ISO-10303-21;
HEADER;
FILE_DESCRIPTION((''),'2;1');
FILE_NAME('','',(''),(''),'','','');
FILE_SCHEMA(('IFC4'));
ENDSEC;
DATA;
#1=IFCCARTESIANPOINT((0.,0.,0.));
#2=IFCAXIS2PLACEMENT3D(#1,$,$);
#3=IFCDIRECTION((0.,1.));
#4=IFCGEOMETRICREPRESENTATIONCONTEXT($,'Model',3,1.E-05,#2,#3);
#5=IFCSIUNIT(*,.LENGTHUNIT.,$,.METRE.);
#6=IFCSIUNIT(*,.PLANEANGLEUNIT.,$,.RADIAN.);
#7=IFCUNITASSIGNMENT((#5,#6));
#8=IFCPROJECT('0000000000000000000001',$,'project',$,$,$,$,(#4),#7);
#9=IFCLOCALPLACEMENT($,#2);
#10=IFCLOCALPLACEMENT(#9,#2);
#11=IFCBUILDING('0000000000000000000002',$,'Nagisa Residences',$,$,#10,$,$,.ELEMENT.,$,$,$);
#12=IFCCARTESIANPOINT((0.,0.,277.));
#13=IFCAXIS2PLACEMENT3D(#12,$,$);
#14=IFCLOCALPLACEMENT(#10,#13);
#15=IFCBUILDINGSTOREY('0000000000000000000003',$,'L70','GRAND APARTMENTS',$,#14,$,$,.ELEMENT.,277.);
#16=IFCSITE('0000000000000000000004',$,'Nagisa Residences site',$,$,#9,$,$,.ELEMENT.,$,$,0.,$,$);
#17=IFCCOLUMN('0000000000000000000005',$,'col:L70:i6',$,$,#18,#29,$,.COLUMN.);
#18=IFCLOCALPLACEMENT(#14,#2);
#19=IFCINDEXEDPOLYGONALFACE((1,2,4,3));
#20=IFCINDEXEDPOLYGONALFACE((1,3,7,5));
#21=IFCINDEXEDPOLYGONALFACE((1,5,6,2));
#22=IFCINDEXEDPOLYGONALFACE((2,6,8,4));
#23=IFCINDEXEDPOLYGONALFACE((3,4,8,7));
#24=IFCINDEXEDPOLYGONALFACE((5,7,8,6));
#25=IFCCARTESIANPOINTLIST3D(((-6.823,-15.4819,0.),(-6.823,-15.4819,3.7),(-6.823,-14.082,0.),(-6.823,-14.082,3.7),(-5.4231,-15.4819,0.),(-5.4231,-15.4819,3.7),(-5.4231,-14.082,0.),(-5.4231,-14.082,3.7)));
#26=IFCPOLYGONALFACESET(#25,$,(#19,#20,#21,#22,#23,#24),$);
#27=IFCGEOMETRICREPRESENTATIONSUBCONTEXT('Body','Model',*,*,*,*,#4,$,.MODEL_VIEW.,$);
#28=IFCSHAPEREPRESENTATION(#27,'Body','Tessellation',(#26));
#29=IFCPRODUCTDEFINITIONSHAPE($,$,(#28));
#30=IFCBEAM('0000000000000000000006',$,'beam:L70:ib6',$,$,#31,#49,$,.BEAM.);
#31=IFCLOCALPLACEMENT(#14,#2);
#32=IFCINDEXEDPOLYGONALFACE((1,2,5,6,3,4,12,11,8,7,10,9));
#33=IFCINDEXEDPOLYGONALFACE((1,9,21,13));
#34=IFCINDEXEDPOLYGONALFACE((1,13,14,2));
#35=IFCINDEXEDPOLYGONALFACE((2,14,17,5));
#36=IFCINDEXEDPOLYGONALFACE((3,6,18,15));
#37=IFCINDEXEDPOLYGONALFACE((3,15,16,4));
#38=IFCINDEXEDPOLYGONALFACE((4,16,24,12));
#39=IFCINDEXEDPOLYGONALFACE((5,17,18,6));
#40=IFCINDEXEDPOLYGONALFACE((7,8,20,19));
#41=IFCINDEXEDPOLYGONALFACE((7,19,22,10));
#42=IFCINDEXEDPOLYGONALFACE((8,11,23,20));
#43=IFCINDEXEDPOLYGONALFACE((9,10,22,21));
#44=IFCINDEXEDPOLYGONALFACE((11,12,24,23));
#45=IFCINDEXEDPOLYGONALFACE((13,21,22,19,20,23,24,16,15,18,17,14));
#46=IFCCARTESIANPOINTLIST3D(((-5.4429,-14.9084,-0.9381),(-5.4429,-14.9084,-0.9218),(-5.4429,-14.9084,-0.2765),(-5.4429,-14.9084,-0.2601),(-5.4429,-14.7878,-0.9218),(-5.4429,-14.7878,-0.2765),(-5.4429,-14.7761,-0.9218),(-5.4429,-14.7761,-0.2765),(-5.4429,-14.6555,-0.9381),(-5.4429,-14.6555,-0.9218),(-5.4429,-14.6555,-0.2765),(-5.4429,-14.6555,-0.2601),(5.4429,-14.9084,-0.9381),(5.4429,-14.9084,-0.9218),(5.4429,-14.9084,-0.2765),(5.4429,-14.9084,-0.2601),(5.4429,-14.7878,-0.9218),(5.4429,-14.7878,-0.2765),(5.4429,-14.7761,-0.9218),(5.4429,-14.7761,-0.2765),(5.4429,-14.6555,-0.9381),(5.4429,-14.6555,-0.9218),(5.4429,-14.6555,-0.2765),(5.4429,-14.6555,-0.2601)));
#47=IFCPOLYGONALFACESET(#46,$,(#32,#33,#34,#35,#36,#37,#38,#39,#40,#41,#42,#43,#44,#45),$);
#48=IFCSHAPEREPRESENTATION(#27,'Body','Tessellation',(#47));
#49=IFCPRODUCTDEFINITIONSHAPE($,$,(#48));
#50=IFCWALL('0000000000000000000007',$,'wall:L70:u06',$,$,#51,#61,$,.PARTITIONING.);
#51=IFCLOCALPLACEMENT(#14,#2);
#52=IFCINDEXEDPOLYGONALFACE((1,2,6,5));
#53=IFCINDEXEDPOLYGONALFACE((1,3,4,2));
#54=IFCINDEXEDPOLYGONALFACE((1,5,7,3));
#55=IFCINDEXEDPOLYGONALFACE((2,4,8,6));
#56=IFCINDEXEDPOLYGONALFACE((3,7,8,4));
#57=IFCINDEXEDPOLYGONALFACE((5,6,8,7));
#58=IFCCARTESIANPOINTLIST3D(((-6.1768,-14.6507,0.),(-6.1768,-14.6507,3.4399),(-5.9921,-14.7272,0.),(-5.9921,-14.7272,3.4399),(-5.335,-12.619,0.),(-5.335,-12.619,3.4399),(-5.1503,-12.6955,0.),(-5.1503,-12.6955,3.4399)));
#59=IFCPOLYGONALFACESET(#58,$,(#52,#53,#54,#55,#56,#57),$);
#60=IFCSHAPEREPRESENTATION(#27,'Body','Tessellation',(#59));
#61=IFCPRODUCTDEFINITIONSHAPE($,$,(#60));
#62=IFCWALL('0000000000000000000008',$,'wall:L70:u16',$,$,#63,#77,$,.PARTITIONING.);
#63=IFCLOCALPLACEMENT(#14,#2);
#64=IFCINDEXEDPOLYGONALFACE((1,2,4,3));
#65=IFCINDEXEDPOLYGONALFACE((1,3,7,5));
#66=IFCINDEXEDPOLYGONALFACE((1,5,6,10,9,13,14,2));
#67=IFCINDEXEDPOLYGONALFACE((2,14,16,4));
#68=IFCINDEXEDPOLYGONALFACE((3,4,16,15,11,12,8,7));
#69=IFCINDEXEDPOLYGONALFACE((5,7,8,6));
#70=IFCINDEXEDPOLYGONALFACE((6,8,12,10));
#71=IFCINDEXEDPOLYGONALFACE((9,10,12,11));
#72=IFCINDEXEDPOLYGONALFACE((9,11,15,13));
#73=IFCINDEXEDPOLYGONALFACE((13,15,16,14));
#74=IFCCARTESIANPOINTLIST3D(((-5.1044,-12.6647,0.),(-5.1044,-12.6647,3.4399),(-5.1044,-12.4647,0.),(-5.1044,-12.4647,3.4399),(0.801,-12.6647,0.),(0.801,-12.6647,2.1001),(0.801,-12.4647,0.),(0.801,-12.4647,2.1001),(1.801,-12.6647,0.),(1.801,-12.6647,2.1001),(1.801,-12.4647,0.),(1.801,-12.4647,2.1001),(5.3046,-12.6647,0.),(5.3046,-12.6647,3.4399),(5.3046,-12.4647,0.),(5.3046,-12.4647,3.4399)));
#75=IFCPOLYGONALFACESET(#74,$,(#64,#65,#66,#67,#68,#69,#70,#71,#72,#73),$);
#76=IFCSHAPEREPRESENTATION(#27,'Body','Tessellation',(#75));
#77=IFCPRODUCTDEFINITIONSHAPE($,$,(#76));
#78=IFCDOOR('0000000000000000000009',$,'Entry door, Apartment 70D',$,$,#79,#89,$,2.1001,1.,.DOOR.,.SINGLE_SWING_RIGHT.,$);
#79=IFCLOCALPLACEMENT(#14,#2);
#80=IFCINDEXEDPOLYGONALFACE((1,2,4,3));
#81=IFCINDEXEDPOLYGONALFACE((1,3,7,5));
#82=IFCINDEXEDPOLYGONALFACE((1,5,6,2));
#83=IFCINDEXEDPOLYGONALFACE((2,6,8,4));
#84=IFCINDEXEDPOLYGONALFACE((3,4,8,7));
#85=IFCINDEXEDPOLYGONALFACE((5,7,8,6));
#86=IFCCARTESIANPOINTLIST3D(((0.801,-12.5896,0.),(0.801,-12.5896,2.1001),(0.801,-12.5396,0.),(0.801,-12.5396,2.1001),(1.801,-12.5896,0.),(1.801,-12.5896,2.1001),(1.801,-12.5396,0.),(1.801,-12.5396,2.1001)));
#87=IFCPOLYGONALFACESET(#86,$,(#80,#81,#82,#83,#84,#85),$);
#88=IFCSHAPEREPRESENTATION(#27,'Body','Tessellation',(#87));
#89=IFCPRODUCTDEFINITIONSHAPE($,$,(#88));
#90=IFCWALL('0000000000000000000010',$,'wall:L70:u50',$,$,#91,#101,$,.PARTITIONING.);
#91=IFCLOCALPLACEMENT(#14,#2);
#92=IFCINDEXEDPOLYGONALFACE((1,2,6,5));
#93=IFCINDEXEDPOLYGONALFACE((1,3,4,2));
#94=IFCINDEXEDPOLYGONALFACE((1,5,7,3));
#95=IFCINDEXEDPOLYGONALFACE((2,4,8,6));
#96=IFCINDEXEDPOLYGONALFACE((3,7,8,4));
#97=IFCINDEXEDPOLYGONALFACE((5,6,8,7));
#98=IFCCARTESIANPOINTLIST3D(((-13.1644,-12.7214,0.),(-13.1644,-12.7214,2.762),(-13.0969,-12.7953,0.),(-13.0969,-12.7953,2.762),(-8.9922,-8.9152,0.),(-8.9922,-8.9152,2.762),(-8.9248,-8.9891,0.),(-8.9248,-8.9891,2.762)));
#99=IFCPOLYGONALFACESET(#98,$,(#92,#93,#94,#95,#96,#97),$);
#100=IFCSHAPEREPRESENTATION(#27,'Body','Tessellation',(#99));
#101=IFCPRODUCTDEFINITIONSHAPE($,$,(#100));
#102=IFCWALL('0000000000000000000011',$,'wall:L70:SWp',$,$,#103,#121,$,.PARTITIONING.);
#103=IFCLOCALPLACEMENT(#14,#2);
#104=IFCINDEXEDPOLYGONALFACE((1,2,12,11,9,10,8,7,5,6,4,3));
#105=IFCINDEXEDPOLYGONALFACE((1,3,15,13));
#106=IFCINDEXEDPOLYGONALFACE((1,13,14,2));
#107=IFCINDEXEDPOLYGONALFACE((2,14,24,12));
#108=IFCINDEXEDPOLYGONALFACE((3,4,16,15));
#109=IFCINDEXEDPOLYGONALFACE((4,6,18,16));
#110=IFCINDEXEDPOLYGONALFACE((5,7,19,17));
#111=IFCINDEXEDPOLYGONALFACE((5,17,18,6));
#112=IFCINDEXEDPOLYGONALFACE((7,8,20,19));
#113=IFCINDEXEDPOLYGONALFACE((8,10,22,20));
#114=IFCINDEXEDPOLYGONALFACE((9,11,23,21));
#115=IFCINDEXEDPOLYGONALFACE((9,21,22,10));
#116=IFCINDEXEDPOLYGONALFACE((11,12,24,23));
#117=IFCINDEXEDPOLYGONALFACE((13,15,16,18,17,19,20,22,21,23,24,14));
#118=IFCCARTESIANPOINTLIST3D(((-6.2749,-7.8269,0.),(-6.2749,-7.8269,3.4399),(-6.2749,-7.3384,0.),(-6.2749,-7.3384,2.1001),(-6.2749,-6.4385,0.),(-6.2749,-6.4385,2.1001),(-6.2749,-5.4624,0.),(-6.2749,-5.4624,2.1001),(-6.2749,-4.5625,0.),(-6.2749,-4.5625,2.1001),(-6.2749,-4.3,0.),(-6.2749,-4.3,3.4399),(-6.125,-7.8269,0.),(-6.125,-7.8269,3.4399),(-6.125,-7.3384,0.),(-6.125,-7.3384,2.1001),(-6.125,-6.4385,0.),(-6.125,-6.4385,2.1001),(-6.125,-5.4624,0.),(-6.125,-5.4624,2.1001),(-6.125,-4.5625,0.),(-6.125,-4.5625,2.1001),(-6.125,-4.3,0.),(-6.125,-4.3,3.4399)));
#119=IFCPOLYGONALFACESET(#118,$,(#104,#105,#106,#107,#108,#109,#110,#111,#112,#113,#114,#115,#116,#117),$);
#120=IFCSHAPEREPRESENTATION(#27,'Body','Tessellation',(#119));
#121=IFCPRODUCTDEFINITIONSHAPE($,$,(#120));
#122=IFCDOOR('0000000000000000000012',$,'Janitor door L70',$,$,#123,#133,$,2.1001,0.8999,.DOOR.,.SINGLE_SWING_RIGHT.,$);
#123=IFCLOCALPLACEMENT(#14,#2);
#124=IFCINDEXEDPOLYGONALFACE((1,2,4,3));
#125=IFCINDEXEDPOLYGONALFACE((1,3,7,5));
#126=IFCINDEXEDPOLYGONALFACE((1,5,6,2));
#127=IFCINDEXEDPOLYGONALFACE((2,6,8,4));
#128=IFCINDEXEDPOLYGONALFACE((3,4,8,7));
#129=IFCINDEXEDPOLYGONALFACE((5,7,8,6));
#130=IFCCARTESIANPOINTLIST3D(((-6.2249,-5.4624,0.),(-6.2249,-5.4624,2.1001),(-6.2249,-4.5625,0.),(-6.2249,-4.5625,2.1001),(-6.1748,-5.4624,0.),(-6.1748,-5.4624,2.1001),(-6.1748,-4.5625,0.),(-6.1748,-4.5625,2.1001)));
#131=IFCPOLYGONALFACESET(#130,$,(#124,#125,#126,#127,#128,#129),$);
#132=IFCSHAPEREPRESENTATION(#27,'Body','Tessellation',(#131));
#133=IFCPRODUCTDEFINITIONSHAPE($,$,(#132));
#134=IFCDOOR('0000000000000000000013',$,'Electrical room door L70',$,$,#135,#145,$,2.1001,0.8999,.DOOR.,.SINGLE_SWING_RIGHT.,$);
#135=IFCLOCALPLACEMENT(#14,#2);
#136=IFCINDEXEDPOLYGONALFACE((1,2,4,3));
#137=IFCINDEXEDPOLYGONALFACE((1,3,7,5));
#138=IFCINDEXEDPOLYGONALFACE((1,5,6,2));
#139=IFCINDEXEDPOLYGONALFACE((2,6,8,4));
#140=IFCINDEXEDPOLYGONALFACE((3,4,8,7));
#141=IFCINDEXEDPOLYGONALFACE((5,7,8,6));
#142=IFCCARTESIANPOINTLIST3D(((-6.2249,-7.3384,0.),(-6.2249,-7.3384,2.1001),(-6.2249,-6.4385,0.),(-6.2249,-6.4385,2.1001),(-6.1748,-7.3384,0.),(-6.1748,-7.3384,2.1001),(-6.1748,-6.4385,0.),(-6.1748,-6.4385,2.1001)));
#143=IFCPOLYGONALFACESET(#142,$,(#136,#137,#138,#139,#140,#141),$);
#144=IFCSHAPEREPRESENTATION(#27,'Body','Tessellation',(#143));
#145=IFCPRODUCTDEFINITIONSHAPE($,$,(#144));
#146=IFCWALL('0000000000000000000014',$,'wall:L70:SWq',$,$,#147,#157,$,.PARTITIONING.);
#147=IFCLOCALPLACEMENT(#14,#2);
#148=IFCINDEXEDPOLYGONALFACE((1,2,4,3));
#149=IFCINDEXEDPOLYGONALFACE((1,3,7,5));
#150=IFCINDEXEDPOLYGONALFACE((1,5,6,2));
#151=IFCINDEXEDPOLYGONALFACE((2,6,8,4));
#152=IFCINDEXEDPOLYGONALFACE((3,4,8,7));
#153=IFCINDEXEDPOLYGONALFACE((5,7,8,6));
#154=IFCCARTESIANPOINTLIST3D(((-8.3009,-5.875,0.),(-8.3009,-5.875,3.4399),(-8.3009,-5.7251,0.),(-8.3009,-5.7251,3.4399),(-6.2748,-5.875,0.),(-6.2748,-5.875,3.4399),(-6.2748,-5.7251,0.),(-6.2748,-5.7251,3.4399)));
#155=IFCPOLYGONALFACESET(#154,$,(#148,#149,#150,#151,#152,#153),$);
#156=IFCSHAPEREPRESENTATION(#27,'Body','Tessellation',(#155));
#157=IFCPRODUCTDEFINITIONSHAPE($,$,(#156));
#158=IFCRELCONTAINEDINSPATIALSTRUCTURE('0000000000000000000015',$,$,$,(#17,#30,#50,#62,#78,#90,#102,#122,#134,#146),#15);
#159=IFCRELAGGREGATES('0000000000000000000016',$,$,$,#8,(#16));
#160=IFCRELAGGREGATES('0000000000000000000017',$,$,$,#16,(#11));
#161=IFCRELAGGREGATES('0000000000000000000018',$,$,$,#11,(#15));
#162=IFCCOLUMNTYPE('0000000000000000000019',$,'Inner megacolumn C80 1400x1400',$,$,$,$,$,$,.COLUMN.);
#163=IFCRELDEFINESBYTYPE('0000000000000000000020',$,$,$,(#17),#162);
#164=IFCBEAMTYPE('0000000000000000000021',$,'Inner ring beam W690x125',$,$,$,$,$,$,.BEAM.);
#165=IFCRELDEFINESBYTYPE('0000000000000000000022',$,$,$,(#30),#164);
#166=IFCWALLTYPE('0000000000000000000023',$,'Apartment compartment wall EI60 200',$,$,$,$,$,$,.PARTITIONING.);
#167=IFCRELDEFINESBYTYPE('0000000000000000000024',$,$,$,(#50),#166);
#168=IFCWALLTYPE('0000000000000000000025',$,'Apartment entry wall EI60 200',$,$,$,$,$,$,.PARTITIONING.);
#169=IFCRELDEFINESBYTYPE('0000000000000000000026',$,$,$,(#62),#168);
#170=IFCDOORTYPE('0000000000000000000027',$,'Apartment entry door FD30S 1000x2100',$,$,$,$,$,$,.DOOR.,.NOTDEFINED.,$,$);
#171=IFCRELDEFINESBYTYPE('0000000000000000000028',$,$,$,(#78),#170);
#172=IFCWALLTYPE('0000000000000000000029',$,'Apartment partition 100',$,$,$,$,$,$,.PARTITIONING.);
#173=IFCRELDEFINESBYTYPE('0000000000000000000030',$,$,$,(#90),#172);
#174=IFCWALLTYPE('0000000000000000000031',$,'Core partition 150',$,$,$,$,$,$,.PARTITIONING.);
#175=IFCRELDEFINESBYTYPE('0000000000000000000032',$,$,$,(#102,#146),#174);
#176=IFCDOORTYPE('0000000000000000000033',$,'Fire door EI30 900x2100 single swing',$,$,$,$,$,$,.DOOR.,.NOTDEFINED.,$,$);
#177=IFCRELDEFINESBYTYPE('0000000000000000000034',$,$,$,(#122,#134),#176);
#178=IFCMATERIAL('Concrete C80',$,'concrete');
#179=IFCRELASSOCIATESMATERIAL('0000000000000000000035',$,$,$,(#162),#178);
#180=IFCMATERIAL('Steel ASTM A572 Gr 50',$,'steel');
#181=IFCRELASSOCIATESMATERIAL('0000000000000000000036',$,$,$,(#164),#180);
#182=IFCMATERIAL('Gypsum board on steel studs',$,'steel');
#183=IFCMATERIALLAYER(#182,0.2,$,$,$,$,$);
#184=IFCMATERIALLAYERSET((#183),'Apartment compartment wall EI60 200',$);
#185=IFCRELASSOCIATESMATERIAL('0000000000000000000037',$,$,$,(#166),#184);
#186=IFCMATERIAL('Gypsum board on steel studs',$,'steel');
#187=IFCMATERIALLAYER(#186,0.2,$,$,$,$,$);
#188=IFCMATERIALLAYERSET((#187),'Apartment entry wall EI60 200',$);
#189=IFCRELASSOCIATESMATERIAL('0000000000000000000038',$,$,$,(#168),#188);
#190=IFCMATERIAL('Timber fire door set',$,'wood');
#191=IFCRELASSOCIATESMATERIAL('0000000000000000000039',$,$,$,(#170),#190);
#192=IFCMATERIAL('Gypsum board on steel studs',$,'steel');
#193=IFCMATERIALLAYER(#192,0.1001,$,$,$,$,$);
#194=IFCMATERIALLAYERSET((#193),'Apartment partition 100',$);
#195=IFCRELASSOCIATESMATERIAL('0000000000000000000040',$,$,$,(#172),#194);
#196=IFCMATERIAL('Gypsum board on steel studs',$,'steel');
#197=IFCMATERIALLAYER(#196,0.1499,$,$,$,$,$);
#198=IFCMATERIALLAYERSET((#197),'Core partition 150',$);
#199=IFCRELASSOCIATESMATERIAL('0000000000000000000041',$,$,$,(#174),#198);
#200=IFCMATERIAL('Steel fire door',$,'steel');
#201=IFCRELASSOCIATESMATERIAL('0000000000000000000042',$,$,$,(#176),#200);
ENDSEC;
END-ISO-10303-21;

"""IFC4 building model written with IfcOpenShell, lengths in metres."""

from ifc_helpers import new_model, si_unit, direction, frame, frame_2d, origin, origin_2d, place, context, subcontext, project, spatial, rectangle, i_section, extrude, material, layer, layer_set, material_profile, profile_set, type_object, element, fill, save


model = new_model("IFC4")

# Units and contexts
model_context = context("Model", 3, precision=1e-05, world=origin(), true_north=direction((0.0, 1.0)))
body_context = subcontext(model_context, "Body", "Model", "MODEL_VIEW")
ifc_project = project(units=[si_unit("LENGTHUNIT", "METRE"), si_unit("PLANEANGLEUNIT", "RADIAN")], contexts=[model_context])

# Site, building, storey
site_placement = place(None, origin())
site = spatial("IfcSite", under=ifc_project, at=site_placement, Name="Nagisa Residences site", CompositionType="ELEMENT", RefElevation=0.0)
building_placement = place(site_placement, origin())
building = spatial("IfcBuilding", under=site, at=building_placement, Name="Nagisa Residences", CompositionType="ELEMENT")
storey_placement = place(building_placement, frame((0.0, 0.0, 277.0)))
storey = spatial("IfcBuildingStorey", under=building, at=storey_placement, Name="L70", Description="GRAND APARTMENTS", CompositionType="ELEMENT", Elevation=277.0)

# Column
ifc_material_1 = material(Name="Concrete C80", Category="concrete")
ifc_material_profile_1 = material_profile(ifc_material_1, rectangle(XDim=1.3999, YDim=1.3999, at=origin_2d()), Name="C80 1400x1400")
ifc_profile_set_1 = profile_set([ifc_material_profile_1], Name="Concrete C80")
column_type = type_object("IfcColumnType", Name="Inner megacolumn C80 1400x1400", PredefinedType="COLUMN", material=ifc_profile_set_1)
column_placement = place(storey_placement, frame((-6.123, -14.782, 0.0), z_axis=(0.0, 0.0, 1.0), x_axis=(1.0, 0.0, 0.0)))
element("IfcColumn", 1, at=column_placement, inside=storey, type_object=column_type, Name="col:L70:i6", PredefinedType="COLUMN", context=body_context, shape_type="SweptSolid", body=[
    extrude(rectangle(XDim=1.3999, YDim=1.3999, at=origin_2d()), origin(), (0.0, 0.0, 1.0), 3.7),
])

# Beam
ifc_material_2 = material(Name="Steel ASTM A572 Gr 50", Category="steel")
ifc_material_profile_2 = material_profile(ifc_material_2, i_section(OverallWidth=0.2529, OverallDepth=0.678, WebThickness=0.0117, FlangeThickness=0.0164, at=origin_2d()), Name="W690x125")
ifc_profile_set_2 = profile_set([ifc_material_profile_2], Name="Steel ASTM A572 Gr 50")
beam_type = type_object("IfcBeamType", Name="Inner ring beam W690x125", PredefinedType="BEAM", material=ifc_profile_set_2)
beam_placement = place(storey_placement, frame((-5.4429, -14.782, -0.5991), z_axis=(1.0, 0.0, 0.0), x_axis=(0.0, 1.0, 0.0)))
element("IfcBeam", 2, at=beam_placement, inside=storey, type_object=beam_type, Name="beam:L70:ib6", PredefinedType="BEAM", context=body_context, shape_type="SweptSolid", body=[
    extrude(i_section(OverallWidth=0.2529, OverallDepth=0.678, WebThickness=0.0117, FlangeThickness=0.0164, at=origin_2d()), origin(), (0.0, 0.0, 1.0), 10.8857),
])

# Wall
ifc_material_3 = material(Name="Gypsum board on steel studs", Category="steel")
ifc_layer_1 = layer(ifc_material_3, 0.2)
ifc_layer_set_1 = layer_set([ifc_layer_1], Name="Apartment compartment wall EI60 200")
wall_type_1 = type_object("IfcWallType", Name="Apartment compartment wall EI60 200", PredefinedType="PARTITIONING", material=ifc_layer_set_1)
wall_1_placement = place(storey_placement, frame((-5.2427, -12.6572, 0.0), z_axis=(0.0, 0.0, 1.0), x_axis=(-0.38277, -0.923844, 0.0)))
element("IfcWall", 3, at=wall_1_placement, inside=storey, type_object=wall_type_1, Name="wall:L70:u06", PredefinedType="PARTITIONING", context=body_context, shape_type="SweptSolid", body=[
    extrude(rectangle(XDim=2.1992, YDim=0.2, at=frame_2d((1.0996, 0.0))), origin(), (0.0, 0.0, 1.0), 3.4399),
])

# Wall, opening, door
ifc_material_4 = material(Name="Gypsum board on steel studs", Category="steel")
ifc_layer_2 = layer(ifc_material_4, 0.2)
ifc_layer_set_2 = layer_set([ifc_layer_2], Name="Apartment entry wall EI60 200")
wall_type_2 = type_object("IfcWallType", Name="Apartment entry wall EI60 200", PredefinedType="PARTITIONING", material=ifc_layer_set_2)
wall_2_placement = place(storey_placement, frame((-5.1045, -12.5647, 0.0), z_axis=(0.0, 0.0, 1.0), x_axis=(1.0, 0.0, 0.0)))
wall_2 = element("IfcWall", 4, at=wall_2_placement, inside=storey, type_object=wall_type_2, Name="wall:L70:u16", PredefinedType="PARTITIONING", context=body_context, shape_type="SweptSolid", body=[
    extrude(rectangle(XDim=10.4089, YDim=0.2, at=frame_2d((5.2046, 0.0))), origin(), (0.0, 0.0, 1.0), 3.4399),
])
opening_1_placement = place(wall_2_placement, frame((5.9055, 0.0, 0.0)))
opening_1 = element("IfcOpeningElement", 5, at=opening_1_placement, cuts=wall_2, PredefinedType="OPENING", context=body_context, shape_type="SweptSolid", body=[
    extrude(rectangle(XDim=1.0, YDim=2.1001, at=frame_2d((0.5, 1.05))), frame((0.0, 0.1099, 0.0), z_axis=(0.0, -1.0, 0.0), x_axis=(1.0, 0.0, 0.0)), (0.0, 0.0, 1.0), 0.22),
])
ifc_material_5 = material(Name="Timber fire door set", Category="wood")
door_type_1 = type_object("IfcDoorType", Name="Apartment entry door FD30S 1000x2100", OperationType="NOTDEFINED", PredefinedType="DOOR", material=ifc_material_5)
door_1_placement = place(opening_1_placement, frame((1.0, 0.0, 0.0), x_axis=(-1.0, 0.0, 0.0)))
door_1 = element("IfcDoor", 6, at=door_1_placement, inside=storey, type_object=door_type_1, Name="Entry door, Apartment 70D", OperationType="SINGLE_SWING_RIGHT", OverallHeight=2.1001, OverallWidth=1.0, PredefinedType="DOOR", context=body_context, shape_type="SweptSolid", body=[
    extrude(rectangle(XDim=1.0, YDim=2.1001, at=frame_2d((0.5, 1.05))), frame((0.0, 0.0249, 0.0), z_axis=(0.0, -1.0, 0.0), x_axis=(1.0, 0.0, 0.0)), (0.0, 0.0, 1.0), 0.05),
])
fill(opening_1, door_1)

# Wall
ifc_material_6 = material(Name="Gypsum board on steel studs", Category="steel")
ifc_layer_3 = layer(ifc_material_6, 0.1001)
ifc_layer_set_3 = layer_set([ifc_layer_3], Name="Apartment partition 100")
wall_type_3 = type_object("IfcWallType", Name="Apartment partition 100", PredefinedType="PARTITIONING", material=ifc_layer_set_3)
wall_3_placement = place(storey_placement, frame((-8.9585, -8.9521, 0.0), z_axis=(0.0, 0.0, 1.0), x_axis=(-0.738765, -0.673963, 0.0)))
element("IfcWall", 7, at=wall_3_placement, inside=storey, type_object=wall_type_3, Name="wall:L70:u50", PredefinedType="PARTITIONING", context=body_context, shape_type="SweptSolid", body=[
    extrude(rectangle(XDim=5.6475, YDim=0.1001, at=frame_2d((2.8237, 0.0))), origin(), (0.0, 0.0, 1.0), 2.762),
])

# Wall, openings, doors
ifc_material_7 = material(Name="Gypsum board on steel studs", Category="steel")
ifc_layer_4 = layer(ifc_material_7, 0.1499)
ifc_layer_set_4 = layer_set([ifc_layer_4], Name="Core partition 150")
wall_type_4 = type_object("IfcWallType", Name="Core partition 150", PredefinedType="PARTITIONING", material=ifc_layer_set_4)
wall_4_placement = place(storey_placement, frame((-6.2, -7.8269, 0.0), z_axis=(0.0, 0.0, 1.0), x_axis=(0.0, 1.0, 0.0)))
wall_4 = element("IfcWall", 8, at=wall_4_placement, inside=storey, type_object=wall_type_4, Name="wall:L70:SWp", PredefinedType="PARTITIONING", context=body_context, shape_type="SweptSolid", body=[
    extrude(rectangle(XDim=3.5269, YDim=0.1499, at=frame_2d((1.7634, 0.0))), origin(), (0.0, 0.0, 1.0), 3.4399),
])
opening_2_placement = place(wall_4_placement, frame((2.3645, 0.0, 0.0)))
opening_2 = element("IfcOpeningElement", 9, at=opening_2_placement, cuts=wall_4, PredefinedType="OPENING", context=body_context, shape_type="SweptSolid", body=[
    extrude(rectangle(XDim=0.8999, YDim=2.1001, at=frame_2d((0.45, 1.05))), frame((0.0, 0.085, 0.0), z_axis=(0.0, -1.0, 0.0), x_axis=(1.0, 0.0, 0.0)), (0.0, 0.0, 1.0), 0.1699),
])
opening_3_placement = place(wall_4_placement, frame((0.4885, 0.0, 0.0)))
opening_3 = element("IfcOpeningElement", 10, at=opening_3_placement, cuts=wall_4, PredefinedType="OPENING", context=body_context, shape_type="SweptSolid", body=[
    extrude(rectangle(XDim=0.8999, YDim=2.1001, at=frame_2d((0.45, 1.05))), frame((0.0, 0.085, 0.0), z_axis=(0.0, -1.0, 0.0), x_axis=(1.0, 0.0, 0.0)), (0.0, 0.0, 1.0), 0.1699),
])
ifc_material_8 = material(Name="Steel fire door", Category="steel")
door_type_2 = type_object("IfcDoorType", Name="Fire door EI30 900x2100 single swing", OperationType="NOTDEFINED", PredefinedType="DOOR", material=ifc_material_8)
door_2_placement = place(opening_2_placement, origin())
door_2 = element("IfcDoor", 11, at=door_2_placement, inside=storey, type_object=door_type_2, Name="Janitor door L70", OperationType="SINGLE_SWING_RIGHT", OverallHeight=2.1001, OverallWidth=0.8999, PredefinedType="DOOR", context=body_context, shape_type="SweptSolid", body=[
    extrude(rectangle(XDim=0.8999, YDim=2.1001, at=frame_2d((0.45, 1.05))), frame((0.0, 0.0249, 0.0), z_axis=(0.0, -1.0, 0.0), x_axis=(1.0, 0.0, 0.0)), (0.0, 0.0, 1.0), 0.05),
])
fill(opening_2, door_2)
door_3_placement = place(opening_3_placement, origin())
door_3 = element("IfcDoor", 12, at=door_3_placement, inside=storey, type_object=door_type_2, Name="Electrical room door L70", OperationType="SINGLE_SWING_RIGHT", OverallHeight=2.1001, OverallWidth=0.8999, PredefinedType="DOOR", context=body_context, shape_type="SweptSolid", body=[
    extrude(rectangle(XDim=0.8999, YDim=2.1001, at=frame_2d((0.45, 1.05))), frame((0.0, 0.0249, 0.0), z_axis=(0.0, -1.0, 0.0), x_axis=(1.0, 0.0, 0.0)), (0.0, 0.0, 1.0), 0.05),
])
fill(opening_3, door_3)

# Wall
wall_5_placement = place(storey_placement, frame((-8.301, -5.8, 0.0), z_axis=(0.0, 0.0, 1.0), x_axis=(1.0, 0.0, 0.0)))
element("IfcWall", 13, at=wall_5_placement, inside=storey, type_object=wall_type_4, Name="wall:L70:SWq", PredefinedType="PARTITIONING", context=body_context, shape_type="SweptSolid", body=[
    extrude(rectangle(XDim=2.0261, YDim=0.1499, at=frame_2d((1.0132, 0.0))), origin(), (0.0, 0.0, 1.0), 3.4399),
])

save(model, "model.ifc")
